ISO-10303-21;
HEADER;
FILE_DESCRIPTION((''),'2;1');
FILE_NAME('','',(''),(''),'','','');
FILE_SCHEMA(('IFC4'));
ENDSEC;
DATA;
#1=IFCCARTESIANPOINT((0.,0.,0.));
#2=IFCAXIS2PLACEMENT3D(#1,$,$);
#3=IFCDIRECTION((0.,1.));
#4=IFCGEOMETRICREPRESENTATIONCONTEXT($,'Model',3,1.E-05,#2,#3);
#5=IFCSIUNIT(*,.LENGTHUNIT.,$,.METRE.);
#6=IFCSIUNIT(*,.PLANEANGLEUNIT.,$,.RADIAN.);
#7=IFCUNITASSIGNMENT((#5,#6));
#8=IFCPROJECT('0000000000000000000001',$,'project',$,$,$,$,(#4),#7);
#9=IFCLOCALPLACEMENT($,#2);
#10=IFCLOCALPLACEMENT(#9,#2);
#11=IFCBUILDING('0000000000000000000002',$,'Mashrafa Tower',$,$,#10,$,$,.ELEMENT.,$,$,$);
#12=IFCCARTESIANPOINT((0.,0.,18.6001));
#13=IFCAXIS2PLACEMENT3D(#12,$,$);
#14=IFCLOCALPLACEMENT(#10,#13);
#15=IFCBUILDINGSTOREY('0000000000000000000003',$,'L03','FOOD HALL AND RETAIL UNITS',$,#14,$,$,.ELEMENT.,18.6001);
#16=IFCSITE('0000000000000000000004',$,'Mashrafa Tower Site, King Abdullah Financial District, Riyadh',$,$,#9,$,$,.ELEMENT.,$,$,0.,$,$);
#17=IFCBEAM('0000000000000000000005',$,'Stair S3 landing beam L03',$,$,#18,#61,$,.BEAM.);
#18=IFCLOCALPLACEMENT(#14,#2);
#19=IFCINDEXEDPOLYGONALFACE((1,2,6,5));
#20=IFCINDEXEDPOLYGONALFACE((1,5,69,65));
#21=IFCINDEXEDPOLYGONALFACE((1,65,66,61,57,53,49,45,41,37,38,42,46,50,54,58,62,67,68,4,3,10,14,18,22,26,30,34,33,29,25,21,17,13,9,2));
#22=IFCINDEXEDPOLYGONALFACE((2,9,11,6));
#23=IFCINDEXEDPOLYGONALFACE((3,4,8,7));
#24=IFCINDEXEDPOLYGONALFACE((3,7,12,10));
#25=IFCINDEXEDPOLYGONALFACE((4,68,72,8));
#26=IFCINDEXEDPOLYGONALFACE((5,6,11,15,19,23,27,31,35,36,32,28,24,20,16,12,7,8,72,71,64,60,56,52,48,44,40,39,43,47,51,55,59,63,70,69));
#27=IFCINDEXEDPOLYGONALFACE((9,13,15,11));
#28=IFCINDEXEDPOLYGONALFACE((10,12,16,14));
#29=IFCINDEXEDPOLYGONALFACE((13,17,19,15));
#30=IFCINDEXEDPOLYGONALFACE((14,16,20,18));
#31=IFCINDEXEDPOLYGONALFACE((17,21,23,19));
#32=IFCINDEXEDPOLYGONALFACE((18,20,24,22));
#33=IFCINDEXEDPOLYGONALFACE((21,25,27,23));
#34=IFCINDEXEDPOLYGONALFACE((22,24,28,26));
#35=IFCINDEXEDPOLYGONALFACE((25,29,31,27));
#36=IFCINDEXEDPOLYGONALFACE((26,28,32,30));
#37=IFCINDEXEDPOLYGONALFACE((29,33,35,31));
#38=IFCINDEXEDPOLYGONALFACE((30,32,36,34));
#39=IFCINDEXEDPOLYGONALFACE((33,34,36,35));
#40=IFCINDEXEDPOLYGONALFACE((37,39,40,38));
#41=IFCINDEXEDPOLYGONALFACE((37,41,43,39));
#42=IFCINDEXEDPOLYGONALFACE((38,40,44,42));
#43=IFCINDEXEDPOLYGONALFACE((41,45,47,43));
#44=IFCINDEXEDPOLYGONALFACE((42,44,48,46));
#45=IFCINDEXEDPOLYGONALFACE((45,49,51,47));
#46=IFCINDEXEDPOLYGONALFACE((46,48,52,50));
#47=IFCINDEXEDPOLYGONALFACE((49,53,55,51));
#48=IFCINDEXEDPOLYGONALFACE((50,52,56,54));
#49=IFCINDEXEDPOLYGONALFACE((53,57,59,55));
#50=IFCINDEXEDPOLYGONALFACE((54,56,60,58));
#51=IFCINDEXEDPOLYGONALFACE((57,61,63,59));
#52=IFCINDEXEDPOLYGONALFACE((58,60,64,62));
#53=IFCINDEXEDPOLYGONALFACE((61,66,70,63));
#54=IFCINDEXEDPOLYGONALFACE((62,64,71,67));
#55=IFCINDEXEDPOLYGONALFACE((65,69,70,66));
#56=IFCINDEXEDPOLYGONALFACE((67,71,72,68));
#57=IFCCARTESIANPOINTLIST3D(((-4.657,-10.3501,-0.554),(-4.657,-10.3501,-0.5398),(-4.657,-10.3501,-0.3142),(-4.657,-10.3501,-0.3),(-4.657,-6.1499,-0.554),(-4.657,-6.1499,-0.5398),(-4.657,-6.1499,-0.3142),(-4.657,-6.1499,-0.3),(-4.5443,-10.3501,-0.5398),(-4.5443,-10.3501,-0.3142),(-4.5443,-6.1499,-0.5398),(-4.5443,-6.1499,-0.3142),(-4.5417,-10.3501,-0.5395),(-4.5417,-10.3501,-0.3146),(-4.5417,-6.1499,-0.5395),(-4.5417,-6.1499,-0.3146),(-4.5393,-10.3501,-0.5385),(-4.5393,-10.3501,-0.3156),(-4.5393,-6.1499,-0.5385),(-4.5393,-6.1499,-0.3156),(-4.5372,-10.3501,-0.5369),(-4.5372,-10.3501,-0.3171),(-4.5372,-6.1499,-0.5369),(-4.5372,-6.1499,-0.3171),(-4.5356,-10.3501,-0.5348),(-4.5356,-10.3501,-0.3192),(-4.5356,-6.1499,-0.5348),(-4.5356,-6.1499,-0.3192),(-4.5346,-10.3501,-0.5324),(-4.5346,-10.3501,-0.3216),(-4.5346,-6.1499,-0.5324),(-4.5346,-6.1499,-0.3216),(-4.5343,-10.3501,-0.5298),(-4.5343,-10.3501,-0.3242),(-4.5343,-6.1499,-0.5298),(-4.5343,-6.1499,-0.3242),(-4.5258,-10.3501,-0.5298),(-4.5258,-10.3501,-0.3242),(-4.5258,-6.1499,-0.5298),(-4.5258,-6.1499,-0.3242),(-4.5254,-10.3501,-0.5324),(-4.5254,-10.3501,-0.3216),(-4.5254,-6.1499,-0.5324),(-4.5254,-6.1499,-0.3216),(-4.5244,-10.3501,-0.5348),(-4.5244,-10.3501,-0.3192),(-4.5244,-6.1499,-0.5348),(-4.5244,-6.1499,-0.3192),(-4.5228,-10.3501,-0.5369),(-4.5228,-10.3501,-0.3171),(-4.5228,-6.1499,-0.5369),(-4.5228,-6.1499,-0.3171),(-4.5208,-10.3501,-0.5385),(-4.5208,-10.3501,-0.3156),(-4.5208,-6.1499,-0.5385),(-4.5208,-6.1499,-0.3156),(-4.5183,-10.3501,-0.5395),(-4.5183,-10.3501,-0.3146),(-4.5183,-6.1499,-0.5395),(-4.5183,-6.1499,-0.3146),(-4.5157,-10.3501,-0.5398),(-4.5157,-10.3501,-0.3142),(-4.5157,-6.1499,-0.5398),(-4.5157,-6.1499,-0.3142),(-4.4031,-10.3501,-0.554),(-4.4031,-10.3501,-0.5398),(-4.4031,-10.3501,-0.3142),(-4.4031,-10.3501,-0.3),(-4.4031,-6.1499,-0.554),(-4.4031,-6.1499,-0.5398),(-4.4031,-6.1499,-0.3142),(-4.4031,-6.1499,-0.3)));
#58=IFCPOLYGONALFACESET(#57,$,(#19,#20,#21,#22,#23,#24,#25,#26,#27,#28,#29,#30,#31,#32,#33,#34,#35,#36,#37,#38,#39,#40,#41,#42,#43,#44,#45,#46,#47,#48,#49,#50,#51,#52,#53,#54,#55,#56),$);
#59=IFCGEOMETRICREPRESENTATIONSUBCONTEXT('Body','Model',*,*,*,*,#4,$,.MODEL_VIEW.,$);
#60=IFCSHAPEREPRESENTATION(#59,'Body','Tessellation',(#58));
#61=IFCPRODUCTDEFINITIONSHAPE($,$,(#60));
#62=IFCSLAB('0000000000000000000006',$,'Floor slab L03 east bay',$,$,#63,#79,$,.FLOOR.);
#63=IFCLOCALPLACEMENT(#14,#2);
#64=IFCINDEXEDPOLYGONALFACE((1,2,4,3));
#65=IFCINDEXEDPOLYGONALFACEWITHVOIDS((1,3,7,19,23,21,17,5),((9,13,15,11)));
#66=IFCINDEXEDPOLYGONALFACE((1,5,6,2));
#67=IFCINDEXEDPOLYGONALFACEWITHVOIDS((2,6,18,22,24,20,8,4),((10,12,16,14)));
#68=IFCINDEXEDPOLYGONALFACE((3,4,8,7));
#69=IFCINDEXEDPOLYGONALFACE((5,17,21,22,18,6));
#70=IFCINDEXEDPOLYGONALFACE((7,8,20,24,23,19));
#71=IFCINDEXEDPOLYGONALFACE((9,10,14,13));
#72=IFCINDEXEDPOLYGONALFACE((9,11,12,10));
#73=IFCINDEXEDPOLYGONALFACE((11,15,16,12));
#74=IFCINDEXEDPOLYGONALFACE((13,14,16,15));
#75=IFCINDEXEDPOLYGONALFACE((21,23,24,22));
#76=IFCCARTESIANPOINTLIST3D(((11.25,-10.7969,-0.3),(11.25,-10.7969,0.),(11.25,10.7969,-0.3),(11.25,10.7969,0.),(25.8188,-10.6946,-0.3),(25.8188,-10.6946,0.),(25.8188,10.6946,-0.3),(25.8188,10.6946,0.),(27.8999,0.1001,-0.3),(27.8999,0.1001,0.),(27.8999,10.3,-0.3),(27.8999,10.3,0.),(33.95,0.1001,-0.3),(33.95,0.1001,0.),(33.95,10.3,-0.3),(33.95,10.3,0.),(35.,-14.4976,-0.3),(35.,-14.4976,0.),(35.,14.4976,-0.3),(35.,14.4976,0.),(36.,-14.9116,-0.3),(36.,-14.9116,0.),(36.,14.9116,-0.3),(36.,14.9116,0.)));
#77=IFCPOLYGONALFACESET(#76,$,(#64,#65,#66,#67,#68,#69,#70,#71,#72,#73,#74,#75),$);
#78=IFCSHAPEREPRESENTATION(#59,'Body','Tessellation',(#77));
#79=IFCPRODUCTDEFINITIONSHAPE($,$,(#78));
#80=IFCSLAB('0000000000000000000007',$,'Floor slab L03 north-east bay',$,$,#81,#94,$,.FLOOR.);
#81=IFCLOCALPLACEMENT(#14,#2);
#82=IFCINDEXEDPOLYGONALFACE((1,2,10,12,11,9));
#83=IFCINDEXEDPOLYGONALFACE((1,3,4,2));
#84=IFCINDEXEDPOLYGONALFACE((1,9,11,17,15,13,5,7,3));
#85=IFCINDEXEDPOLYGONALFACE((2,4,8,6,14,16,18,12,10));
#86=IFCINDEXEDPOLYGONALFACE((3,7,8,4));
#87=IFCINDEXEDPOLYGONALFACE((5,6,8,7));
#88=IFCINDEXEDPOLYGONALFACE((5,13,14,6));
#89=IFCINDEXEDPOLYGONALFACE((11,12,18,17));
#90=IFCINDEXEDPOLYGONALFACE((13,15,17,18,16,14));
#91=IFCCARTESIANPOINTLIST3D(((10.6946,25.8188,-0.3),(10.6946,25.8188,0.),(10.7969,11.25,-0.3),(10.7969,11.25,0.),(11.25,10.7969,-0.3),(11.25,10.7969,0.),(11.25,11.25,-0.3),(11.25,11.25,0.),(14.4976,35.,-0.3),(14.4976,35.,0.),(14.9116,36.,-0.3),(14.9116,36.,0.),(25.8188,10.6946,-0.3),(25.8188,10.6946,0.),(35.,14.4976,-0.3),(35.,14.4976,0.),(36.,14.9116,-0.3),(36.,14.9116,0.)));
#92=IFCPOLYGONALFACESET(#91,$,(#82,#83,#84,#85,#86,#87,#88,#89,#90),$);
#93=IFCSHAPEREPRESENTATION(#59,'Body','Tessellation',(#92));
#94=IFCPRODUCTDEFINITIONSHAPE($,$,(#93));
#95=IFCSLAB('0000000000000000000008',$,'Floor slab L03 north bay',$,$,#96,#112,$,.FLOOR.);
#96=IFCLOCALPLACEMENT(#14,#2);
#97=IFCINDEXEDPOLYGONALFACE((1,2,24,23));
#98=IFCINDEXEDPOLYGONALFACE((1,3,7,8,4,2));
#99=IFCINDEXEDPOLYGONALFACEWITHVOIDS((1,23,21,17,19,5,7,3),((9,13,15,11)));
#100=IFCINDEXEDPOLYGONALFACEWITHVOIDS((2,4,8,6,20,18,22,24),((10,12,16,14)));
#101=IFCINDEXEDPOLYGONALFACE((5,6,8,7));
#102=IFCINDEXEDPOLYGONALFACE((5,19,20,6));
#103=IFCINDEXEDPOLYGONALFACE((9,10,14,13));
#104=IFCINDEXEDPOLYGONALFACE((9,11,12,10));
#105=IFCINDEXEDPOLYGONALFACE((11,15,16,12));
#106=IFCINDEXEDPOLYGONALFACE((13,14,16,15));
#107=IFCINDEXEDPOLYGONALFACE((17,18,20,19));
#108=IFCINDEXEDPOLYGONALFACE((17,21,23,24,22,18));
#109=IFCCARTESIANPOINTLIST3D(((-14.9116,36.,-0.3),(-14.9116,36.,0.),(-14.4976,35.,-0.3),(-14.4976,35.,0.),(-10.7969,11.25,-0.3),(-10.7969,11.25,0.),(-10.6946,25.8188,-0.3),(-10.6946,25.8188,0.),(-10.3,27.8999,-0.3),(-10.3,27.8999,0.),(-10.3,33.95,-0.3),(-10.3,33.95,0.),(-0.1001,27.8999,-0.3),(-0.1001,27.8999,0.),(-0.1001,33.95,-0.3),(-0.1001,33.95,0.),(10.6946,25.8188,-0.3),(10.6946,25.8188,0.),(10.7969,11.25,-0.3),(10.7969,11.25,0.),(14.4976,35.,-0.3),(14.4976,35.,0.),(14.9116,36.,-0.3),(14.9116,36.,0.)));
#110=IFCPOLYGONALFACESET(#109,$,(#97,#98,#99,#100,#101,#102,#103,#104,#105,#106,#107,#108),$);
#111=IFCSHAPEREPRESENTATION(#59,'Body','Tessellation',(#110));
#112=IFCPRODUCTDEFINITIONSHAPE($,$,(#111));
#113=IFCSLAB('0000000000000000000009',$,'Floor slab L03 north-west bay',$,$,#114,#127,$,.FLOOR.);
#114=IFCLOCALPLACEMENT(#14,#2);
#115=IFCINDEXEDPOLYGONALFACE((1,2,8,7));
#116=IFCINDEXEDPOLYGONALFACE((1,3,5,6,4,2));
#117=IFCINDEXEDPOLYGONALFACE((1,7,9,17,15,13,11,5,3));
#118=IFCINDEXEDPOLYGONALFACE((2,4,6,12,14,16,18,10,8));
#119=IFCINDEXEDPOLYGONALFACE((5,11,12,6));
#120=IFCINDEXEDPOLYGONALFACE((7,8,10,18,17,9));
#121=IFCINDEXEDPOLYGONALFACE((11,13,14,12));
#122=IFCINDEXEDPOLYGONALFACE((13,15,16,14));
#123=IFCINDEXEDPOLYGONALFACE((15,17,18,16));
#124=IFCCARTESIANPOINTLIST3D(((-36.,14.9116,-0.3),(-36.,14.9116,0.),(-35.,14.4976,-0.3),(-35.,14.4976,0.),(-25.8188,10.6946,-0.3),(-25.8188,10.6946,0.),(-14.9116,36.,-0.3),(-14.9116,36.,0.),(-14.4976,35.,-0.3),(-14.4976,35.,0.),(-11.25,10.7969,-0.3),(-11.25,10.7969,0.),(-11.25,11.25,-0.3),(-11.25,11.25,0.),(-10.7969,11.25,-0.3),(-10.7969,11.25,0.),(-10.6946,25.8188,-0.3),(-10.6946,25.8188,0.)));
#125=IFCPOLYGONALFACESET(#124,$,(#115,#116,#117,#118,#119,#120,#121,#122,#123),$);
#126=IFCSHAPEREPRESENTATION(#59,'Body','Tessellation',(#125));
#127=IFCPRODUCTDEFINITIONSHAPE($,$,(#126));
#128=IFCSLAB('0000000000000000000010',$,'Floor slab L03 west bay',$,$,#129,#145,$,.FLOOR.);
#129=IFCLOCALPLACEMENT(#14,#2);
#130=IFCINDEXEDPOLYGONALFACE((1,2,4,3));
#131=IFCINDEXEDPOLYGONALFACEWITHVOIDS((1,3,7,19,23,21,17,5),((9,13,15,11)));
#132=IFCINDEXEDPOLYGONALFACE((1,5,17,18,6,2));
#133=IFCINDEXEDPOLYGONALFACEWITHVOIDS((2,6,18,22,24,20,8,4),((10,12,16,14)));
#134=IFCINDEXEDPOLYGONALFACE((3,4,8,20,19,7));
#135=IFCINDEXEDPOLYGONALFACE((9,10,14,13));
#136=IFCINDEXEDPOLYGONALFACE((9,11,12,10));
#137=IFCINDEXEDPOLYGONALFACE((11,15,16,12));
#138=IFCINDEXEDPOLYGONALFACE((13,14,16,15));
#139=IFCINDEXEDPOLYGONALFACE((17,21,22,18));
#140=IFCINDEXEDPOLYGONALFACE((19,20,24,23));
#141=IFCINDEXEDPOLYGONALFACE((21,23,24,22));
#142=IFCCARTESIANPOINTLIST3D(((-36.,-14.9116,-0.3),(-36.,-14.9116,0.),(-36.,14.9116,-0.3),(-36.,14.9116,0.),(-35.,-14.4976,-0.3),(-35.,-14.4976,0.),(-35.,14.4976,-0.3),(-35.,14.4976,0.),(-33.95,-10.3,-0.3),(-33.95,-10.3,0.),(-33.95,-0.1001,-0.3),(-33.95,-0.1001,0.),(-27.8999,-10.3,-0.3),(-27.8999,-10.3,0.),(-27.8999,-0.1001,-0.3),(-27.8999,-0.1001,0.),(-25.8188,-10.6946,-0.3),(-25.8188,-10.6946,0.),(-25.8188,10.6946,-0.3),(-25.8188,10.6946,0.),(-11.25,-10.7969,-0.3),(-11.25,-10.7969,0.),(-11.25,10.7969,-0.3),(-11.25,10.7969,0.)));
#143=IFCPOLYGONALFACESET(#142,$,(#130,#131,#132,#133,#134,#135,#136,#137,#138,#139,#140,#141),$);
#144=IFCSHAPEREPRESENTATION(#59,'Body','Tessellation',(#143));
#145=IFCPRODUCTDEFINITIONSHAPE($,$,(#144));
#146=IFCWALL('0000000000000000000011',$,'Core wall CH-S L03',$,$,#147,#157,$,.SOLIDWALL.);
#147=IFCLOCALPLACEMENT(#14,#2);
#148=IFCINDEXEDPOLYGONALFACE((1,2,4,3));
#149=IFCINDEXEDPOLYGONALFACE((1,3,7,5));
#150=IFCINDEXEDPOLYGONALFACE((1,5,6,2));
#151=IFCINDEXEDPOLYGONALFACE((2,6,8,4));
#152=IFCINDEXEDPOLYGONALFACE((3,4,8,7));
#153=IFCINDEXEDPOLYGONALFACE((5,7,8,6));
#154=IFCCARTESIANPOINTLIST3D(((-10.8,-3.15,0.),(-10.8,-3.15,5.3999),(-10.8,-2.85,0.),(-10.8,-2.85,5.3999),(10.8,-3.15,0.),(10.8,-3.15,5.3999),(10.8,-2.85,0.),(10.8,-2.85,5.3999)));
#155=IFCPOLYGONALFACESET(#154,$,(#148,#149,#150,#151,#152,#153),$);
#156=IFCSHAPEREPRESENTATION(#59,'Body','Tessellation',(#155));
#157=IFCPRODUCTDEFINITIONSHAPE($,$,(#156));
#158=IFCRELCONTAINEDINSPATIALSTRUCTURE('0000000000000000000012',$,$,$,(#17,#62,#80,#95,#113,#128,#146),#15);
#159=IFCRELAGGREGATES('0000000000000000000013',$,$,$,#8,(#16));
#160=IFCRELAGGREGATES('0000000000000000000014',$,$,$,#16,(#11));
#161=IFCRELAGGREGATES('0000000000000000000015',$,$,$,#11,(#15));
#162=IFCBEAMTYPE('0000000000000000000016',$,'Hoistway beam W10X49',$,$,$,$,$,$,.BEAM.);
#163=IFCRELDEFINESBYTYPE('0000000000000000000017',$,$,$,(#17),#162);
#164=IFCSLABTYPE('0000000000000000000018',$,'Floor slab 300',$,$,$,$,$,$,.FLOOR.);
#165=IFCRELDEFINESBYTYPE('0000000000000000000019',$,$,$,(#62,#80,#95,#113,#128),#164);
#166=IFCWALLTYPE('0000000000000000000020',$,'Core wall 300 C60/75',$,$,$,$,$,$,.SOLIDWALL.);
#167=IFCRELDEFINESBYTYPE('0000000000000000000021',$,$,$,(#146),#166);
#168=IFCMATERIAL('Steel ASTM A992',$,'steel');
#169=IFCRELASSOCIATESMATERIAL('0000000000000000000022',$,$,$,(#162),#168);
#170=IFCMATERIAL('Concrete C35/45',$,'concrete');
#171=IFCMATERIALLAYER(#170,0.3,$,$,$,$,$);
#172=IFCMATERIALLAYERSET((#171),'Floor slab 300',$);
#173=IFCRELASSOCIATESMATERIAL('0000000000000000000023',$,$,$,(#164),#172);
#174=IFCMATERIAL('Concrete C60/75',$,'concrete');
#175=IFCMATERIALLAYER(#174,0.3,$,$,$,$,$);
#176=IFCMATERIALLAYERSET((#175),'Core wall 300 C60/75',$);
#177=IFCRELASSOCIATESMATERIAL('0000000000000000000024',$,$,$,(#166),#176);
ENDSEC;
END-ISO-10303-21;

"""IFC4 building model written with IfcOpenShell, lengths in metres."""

from ifc_helpers import new_model, si_unit, direction, frame, frame_2d, origin, origin_2d, place, context, subcontext, project, spatial, polyline, rectangle, i_section, outline, extrude, material, layer, layer_set, material_profile, profile_set, type_object, element, save


model = new_model("IFC4")

# Units and contexts
model_context = context("Model", 3, precision=1e-05, world=origin(), true_north=direction((0.0, 1.0)))
body_context = subcontext(model_context, "Body", "Model", "MODEL_VIEW")
ifc_project = project(units=[si_unit("LENGTHUNIT", "METRE"), si_unit("PLANEANGLEUNIT", "RADIAN")], contexts=[model_context])

# Site, building, storey
site_placement = place(None, origin())
site = spatial("IfcSite", under=ifc_project, at=site_placement, Name="Mashrafa Tower Site, King Abdullah Financial District, Riyadh", CompositionType="ELEMENT", RefElevation=0.0)
building_placement = place(site_placement, origin())
building = spatial("IfcBuilding", under=site, at=building_placement, Name="Mashrafa Tower", CompositionType="ELEMENT")
storey_placement = place(building_placement, frame((0.0, 0.0, 18.6001)))
storey = spatial("IfcBuildingStorey", under=building, at=storey_placement, Name="L03", Description="FOOD HALL AND RETAIL UNITS", CompositionType="ELEMENT", Elevation=18.6001)

# Beam
ifc_material_1 = material(Name="Steel ASTM A992", Category="steel")
ifc_material_profile_1 = material_profile(ifc_material_1, i_section(OverallWidth=0.2539, OverallDepth=0.2539, WebThickness=0.0085, FlangeThickness=0.0142, FilletRadius=0.01, at=origin_2d()), Name="W10X49")
ifc_profile_set_1 = profile_set([ifc_material_profile_1], Name="Steel ASTM A992")
beam_type_1 = type_object("IfcBeamType", Name="Hoistway beam W10X49", PredefinedType="BEAM", material=ifc_profile_set_1)
beam_1_placement = place(storey_placement, frame((-4.53, -10.3501, -0.427), z_axis=(0.0, 1.0, 0.0), x_axis=(-1.0, 0.0, 0.0)))
element("IfcBeam", 1, at=beam_1_placement, inside=storey, type_object=beam_type_1, Name="Stair S3 landing beam L03", PredefinedType="BEAM", context=body_context, shape_type="SweptSolid", body=[
    extrude(i_section(OverallWidth=0.2539, OverallDepth=0.2539, WebThickness=0.0085, FlangeThickness=0.0142, FilletRadius=0.01, at=origin_2d()), origin(), (0.0, 0.0, 1.0), 4.2002),
])

# Slabs
ifc_material_2 = material(Name="Concrete C35/45", Category="concrete")
ifc_layer_1 = layer(ifc_material_2, 0.3)
ifc_layer_set_1 = layer_set([ifc_layer_1], Name="Floor slab 300")
slab_type = type_object("IfcSlabType", Name="Floor slab 300", PredefinedType="FLOOR", material=ifc_layer_set_1)
slab_1_placement = place(storey_placement, frame((0.0, 0.0, -0.3)))
element("IfcSlab", 2, at=slab_1_placement, inside=storey, type_object=slab_type, Name="Floor slab L03 east bay", PredefinedType="FLOOR", context=body_context, shape_type="SweptSolid", body=[
    extrude(outline(polyline([(36.0, 14.9116), (36.0, -14.9116), (36.0, -14.9116), (35.0, -14.4976), (25.8188, -10.6946), (11.25, -10.7969), (11.25, 10.7969), (25.8188, 10.6946), (35.0, 14.4976), (36.0, 14.9116), (36.0, 14.9116)]), holes=[polyline([(33.95, 0.1001), (33.95, 10.3), (27.8999, 10.3), (27.8999, 0.1001), (33.95, 0.1001)])]), origin(), (0.0, 0.0, 1.0), 0.3),
])
slab_2_placement = place(storey_placement, frame((0.0, 0.0, -0.3)))
element("IfcSlab", 3, at=slab_2_placement, inside=storey, type_object=slab_type, Name="Floor slab L03 north-east bay", PredefinedType="FLOOR", context=body_context, shape_type="SweptSolid", body=[
    extrude(outline(polyline([(36.0, 14.9116), (35.0, 14.4976), (25.8188, 10.6946), (11.25, 10.7969), (11.25, 11.25), (10.7969, 11.25), (10.6946, 25.8188), (14.4976, 35.0), (14.9116, 36.0), (36.0, 14.9116)])), origin(), (0.0, 0.0, 1.0), 0.3),
])
slab_3_placement = place(storey_placement, frame((0.0, 0.0, -0.3)))
element("IfcSlab", 4, at=slab_3_placement, inside=storey, type_object=slab_type, Name="Floor slab L03 north bay", PredefinedType="FLOOR", context=body_context, shape_type="SweptSolid", body=[
    extrude(outline(polyline([(-14.9116, 36.0), (14.9116, 36.0), (14.9116, 36.0), (14.4976, 35.0), (10.6946, 25.8188), (10.7969, 11.25), (-10.7969, 11.25), (-10.6946, 25.8188), (-14.4976, 35.0), (-14.9116, 36.0), (-14.9116, 36.0)]), holes=[polyline([(-10.3, 27.8999), (-0.1001, 27.8999), (-0.1001, 33.95), (-10.3, 33.95), (-10.3, 27.8999)])]), origin(), (0.0, 0.0, 1.0), 0.3),
])
slab_4_placement = place(storey_placement, frame((0.0, 0.0, -0.3)))
element("IfcSlab", 5, at=slab_4_placement, inside=storey, type_object=slab_type, Name="Floor slab L03 north-west bay", PredefinedType="FLOOR", context=body_context, shape_type="SweptSolid", body=[
    extrude(outline(polyline([(-14.9116, 36.0), (-14.4976, 35.0), (-10.6946, 25.8188), (-10.7969, 11.25), (-11.25, 11.25), (-11.25, 10.7969), (-25.8188, 10.6946), (-35.0, 14.4976), (-36.0, 14.9116), (-14.9116, 36.0)])), origin(), (0.0, 0.0, 1.0), 0.3),
])
slab_5_placement = place(storey_placement, frame((0.0, 0.0, -0.3)))
element("IfcSlab", 6, at=slab_5_placement, inside=storey, type_object=slab_type, Name="Floor slab L03 west bay", PredefinedType="FLOOR", context=body_context, shape_type="SweptSolid", body=[
    extrude(outline(polyline([(-36.0, -14.9116), (-36.0, 14.9116), (-36.0, 14.9116), (-35.0, 14.4976), (-25.8188, 10.6946), (-11.25, 10.7969), (-11.25, -10.7969), (-25.8188, -10.6946), (-35.0, -14.4976), (-36.0, -14.9116), (-36.0, -14.9116)]), holes=[polyline([(-27.8999, -10.3), (-27.8999, -0.1001), (-33.95, -0.1001), (-33.95, -10.3), (-27.8999, -10.3)])]), origin(), (0.0, 0.0, 1.0), 0.3),
])

# Wall
ifc_material_3 = material(Name="Concrete C60/75", Category="concrete")
ifc_layer_2 = layer(ifc_material_3, 0.3)
ifc_layer_set_2 = layer_set([ifc_layer_2], Name="Core wall 300 C60/75")
wall_type_1 = type_object("IfcWallType", Name="Core wall 300 C60/75", PredefinedType="SOLIDWALL", material=ifc_layer_set_2)
wall_1_placement = place(storey_placement, frame((-10.8, -3.0, 0.0), z_axis=(0.0, 0.0, 1.0), x_axis=(1.0, 0.0, 0.0)))
element("IfcWall", 7, at=wall_1_placement, inside=storey, type_object=wall_type_1, Name="Core wall CH-S L03", PredefinedType="SOLIDWALL", context=body_context, shape_type="SweptSolid", body=[
    extrude(rectangle(XDim=21.6001, YDim=0.3, at=frame_2d((10.8, 0.0))), origin(), (0.0, 0.0, 1.0), 5.3999),
])

save(model, "model.ifc")
